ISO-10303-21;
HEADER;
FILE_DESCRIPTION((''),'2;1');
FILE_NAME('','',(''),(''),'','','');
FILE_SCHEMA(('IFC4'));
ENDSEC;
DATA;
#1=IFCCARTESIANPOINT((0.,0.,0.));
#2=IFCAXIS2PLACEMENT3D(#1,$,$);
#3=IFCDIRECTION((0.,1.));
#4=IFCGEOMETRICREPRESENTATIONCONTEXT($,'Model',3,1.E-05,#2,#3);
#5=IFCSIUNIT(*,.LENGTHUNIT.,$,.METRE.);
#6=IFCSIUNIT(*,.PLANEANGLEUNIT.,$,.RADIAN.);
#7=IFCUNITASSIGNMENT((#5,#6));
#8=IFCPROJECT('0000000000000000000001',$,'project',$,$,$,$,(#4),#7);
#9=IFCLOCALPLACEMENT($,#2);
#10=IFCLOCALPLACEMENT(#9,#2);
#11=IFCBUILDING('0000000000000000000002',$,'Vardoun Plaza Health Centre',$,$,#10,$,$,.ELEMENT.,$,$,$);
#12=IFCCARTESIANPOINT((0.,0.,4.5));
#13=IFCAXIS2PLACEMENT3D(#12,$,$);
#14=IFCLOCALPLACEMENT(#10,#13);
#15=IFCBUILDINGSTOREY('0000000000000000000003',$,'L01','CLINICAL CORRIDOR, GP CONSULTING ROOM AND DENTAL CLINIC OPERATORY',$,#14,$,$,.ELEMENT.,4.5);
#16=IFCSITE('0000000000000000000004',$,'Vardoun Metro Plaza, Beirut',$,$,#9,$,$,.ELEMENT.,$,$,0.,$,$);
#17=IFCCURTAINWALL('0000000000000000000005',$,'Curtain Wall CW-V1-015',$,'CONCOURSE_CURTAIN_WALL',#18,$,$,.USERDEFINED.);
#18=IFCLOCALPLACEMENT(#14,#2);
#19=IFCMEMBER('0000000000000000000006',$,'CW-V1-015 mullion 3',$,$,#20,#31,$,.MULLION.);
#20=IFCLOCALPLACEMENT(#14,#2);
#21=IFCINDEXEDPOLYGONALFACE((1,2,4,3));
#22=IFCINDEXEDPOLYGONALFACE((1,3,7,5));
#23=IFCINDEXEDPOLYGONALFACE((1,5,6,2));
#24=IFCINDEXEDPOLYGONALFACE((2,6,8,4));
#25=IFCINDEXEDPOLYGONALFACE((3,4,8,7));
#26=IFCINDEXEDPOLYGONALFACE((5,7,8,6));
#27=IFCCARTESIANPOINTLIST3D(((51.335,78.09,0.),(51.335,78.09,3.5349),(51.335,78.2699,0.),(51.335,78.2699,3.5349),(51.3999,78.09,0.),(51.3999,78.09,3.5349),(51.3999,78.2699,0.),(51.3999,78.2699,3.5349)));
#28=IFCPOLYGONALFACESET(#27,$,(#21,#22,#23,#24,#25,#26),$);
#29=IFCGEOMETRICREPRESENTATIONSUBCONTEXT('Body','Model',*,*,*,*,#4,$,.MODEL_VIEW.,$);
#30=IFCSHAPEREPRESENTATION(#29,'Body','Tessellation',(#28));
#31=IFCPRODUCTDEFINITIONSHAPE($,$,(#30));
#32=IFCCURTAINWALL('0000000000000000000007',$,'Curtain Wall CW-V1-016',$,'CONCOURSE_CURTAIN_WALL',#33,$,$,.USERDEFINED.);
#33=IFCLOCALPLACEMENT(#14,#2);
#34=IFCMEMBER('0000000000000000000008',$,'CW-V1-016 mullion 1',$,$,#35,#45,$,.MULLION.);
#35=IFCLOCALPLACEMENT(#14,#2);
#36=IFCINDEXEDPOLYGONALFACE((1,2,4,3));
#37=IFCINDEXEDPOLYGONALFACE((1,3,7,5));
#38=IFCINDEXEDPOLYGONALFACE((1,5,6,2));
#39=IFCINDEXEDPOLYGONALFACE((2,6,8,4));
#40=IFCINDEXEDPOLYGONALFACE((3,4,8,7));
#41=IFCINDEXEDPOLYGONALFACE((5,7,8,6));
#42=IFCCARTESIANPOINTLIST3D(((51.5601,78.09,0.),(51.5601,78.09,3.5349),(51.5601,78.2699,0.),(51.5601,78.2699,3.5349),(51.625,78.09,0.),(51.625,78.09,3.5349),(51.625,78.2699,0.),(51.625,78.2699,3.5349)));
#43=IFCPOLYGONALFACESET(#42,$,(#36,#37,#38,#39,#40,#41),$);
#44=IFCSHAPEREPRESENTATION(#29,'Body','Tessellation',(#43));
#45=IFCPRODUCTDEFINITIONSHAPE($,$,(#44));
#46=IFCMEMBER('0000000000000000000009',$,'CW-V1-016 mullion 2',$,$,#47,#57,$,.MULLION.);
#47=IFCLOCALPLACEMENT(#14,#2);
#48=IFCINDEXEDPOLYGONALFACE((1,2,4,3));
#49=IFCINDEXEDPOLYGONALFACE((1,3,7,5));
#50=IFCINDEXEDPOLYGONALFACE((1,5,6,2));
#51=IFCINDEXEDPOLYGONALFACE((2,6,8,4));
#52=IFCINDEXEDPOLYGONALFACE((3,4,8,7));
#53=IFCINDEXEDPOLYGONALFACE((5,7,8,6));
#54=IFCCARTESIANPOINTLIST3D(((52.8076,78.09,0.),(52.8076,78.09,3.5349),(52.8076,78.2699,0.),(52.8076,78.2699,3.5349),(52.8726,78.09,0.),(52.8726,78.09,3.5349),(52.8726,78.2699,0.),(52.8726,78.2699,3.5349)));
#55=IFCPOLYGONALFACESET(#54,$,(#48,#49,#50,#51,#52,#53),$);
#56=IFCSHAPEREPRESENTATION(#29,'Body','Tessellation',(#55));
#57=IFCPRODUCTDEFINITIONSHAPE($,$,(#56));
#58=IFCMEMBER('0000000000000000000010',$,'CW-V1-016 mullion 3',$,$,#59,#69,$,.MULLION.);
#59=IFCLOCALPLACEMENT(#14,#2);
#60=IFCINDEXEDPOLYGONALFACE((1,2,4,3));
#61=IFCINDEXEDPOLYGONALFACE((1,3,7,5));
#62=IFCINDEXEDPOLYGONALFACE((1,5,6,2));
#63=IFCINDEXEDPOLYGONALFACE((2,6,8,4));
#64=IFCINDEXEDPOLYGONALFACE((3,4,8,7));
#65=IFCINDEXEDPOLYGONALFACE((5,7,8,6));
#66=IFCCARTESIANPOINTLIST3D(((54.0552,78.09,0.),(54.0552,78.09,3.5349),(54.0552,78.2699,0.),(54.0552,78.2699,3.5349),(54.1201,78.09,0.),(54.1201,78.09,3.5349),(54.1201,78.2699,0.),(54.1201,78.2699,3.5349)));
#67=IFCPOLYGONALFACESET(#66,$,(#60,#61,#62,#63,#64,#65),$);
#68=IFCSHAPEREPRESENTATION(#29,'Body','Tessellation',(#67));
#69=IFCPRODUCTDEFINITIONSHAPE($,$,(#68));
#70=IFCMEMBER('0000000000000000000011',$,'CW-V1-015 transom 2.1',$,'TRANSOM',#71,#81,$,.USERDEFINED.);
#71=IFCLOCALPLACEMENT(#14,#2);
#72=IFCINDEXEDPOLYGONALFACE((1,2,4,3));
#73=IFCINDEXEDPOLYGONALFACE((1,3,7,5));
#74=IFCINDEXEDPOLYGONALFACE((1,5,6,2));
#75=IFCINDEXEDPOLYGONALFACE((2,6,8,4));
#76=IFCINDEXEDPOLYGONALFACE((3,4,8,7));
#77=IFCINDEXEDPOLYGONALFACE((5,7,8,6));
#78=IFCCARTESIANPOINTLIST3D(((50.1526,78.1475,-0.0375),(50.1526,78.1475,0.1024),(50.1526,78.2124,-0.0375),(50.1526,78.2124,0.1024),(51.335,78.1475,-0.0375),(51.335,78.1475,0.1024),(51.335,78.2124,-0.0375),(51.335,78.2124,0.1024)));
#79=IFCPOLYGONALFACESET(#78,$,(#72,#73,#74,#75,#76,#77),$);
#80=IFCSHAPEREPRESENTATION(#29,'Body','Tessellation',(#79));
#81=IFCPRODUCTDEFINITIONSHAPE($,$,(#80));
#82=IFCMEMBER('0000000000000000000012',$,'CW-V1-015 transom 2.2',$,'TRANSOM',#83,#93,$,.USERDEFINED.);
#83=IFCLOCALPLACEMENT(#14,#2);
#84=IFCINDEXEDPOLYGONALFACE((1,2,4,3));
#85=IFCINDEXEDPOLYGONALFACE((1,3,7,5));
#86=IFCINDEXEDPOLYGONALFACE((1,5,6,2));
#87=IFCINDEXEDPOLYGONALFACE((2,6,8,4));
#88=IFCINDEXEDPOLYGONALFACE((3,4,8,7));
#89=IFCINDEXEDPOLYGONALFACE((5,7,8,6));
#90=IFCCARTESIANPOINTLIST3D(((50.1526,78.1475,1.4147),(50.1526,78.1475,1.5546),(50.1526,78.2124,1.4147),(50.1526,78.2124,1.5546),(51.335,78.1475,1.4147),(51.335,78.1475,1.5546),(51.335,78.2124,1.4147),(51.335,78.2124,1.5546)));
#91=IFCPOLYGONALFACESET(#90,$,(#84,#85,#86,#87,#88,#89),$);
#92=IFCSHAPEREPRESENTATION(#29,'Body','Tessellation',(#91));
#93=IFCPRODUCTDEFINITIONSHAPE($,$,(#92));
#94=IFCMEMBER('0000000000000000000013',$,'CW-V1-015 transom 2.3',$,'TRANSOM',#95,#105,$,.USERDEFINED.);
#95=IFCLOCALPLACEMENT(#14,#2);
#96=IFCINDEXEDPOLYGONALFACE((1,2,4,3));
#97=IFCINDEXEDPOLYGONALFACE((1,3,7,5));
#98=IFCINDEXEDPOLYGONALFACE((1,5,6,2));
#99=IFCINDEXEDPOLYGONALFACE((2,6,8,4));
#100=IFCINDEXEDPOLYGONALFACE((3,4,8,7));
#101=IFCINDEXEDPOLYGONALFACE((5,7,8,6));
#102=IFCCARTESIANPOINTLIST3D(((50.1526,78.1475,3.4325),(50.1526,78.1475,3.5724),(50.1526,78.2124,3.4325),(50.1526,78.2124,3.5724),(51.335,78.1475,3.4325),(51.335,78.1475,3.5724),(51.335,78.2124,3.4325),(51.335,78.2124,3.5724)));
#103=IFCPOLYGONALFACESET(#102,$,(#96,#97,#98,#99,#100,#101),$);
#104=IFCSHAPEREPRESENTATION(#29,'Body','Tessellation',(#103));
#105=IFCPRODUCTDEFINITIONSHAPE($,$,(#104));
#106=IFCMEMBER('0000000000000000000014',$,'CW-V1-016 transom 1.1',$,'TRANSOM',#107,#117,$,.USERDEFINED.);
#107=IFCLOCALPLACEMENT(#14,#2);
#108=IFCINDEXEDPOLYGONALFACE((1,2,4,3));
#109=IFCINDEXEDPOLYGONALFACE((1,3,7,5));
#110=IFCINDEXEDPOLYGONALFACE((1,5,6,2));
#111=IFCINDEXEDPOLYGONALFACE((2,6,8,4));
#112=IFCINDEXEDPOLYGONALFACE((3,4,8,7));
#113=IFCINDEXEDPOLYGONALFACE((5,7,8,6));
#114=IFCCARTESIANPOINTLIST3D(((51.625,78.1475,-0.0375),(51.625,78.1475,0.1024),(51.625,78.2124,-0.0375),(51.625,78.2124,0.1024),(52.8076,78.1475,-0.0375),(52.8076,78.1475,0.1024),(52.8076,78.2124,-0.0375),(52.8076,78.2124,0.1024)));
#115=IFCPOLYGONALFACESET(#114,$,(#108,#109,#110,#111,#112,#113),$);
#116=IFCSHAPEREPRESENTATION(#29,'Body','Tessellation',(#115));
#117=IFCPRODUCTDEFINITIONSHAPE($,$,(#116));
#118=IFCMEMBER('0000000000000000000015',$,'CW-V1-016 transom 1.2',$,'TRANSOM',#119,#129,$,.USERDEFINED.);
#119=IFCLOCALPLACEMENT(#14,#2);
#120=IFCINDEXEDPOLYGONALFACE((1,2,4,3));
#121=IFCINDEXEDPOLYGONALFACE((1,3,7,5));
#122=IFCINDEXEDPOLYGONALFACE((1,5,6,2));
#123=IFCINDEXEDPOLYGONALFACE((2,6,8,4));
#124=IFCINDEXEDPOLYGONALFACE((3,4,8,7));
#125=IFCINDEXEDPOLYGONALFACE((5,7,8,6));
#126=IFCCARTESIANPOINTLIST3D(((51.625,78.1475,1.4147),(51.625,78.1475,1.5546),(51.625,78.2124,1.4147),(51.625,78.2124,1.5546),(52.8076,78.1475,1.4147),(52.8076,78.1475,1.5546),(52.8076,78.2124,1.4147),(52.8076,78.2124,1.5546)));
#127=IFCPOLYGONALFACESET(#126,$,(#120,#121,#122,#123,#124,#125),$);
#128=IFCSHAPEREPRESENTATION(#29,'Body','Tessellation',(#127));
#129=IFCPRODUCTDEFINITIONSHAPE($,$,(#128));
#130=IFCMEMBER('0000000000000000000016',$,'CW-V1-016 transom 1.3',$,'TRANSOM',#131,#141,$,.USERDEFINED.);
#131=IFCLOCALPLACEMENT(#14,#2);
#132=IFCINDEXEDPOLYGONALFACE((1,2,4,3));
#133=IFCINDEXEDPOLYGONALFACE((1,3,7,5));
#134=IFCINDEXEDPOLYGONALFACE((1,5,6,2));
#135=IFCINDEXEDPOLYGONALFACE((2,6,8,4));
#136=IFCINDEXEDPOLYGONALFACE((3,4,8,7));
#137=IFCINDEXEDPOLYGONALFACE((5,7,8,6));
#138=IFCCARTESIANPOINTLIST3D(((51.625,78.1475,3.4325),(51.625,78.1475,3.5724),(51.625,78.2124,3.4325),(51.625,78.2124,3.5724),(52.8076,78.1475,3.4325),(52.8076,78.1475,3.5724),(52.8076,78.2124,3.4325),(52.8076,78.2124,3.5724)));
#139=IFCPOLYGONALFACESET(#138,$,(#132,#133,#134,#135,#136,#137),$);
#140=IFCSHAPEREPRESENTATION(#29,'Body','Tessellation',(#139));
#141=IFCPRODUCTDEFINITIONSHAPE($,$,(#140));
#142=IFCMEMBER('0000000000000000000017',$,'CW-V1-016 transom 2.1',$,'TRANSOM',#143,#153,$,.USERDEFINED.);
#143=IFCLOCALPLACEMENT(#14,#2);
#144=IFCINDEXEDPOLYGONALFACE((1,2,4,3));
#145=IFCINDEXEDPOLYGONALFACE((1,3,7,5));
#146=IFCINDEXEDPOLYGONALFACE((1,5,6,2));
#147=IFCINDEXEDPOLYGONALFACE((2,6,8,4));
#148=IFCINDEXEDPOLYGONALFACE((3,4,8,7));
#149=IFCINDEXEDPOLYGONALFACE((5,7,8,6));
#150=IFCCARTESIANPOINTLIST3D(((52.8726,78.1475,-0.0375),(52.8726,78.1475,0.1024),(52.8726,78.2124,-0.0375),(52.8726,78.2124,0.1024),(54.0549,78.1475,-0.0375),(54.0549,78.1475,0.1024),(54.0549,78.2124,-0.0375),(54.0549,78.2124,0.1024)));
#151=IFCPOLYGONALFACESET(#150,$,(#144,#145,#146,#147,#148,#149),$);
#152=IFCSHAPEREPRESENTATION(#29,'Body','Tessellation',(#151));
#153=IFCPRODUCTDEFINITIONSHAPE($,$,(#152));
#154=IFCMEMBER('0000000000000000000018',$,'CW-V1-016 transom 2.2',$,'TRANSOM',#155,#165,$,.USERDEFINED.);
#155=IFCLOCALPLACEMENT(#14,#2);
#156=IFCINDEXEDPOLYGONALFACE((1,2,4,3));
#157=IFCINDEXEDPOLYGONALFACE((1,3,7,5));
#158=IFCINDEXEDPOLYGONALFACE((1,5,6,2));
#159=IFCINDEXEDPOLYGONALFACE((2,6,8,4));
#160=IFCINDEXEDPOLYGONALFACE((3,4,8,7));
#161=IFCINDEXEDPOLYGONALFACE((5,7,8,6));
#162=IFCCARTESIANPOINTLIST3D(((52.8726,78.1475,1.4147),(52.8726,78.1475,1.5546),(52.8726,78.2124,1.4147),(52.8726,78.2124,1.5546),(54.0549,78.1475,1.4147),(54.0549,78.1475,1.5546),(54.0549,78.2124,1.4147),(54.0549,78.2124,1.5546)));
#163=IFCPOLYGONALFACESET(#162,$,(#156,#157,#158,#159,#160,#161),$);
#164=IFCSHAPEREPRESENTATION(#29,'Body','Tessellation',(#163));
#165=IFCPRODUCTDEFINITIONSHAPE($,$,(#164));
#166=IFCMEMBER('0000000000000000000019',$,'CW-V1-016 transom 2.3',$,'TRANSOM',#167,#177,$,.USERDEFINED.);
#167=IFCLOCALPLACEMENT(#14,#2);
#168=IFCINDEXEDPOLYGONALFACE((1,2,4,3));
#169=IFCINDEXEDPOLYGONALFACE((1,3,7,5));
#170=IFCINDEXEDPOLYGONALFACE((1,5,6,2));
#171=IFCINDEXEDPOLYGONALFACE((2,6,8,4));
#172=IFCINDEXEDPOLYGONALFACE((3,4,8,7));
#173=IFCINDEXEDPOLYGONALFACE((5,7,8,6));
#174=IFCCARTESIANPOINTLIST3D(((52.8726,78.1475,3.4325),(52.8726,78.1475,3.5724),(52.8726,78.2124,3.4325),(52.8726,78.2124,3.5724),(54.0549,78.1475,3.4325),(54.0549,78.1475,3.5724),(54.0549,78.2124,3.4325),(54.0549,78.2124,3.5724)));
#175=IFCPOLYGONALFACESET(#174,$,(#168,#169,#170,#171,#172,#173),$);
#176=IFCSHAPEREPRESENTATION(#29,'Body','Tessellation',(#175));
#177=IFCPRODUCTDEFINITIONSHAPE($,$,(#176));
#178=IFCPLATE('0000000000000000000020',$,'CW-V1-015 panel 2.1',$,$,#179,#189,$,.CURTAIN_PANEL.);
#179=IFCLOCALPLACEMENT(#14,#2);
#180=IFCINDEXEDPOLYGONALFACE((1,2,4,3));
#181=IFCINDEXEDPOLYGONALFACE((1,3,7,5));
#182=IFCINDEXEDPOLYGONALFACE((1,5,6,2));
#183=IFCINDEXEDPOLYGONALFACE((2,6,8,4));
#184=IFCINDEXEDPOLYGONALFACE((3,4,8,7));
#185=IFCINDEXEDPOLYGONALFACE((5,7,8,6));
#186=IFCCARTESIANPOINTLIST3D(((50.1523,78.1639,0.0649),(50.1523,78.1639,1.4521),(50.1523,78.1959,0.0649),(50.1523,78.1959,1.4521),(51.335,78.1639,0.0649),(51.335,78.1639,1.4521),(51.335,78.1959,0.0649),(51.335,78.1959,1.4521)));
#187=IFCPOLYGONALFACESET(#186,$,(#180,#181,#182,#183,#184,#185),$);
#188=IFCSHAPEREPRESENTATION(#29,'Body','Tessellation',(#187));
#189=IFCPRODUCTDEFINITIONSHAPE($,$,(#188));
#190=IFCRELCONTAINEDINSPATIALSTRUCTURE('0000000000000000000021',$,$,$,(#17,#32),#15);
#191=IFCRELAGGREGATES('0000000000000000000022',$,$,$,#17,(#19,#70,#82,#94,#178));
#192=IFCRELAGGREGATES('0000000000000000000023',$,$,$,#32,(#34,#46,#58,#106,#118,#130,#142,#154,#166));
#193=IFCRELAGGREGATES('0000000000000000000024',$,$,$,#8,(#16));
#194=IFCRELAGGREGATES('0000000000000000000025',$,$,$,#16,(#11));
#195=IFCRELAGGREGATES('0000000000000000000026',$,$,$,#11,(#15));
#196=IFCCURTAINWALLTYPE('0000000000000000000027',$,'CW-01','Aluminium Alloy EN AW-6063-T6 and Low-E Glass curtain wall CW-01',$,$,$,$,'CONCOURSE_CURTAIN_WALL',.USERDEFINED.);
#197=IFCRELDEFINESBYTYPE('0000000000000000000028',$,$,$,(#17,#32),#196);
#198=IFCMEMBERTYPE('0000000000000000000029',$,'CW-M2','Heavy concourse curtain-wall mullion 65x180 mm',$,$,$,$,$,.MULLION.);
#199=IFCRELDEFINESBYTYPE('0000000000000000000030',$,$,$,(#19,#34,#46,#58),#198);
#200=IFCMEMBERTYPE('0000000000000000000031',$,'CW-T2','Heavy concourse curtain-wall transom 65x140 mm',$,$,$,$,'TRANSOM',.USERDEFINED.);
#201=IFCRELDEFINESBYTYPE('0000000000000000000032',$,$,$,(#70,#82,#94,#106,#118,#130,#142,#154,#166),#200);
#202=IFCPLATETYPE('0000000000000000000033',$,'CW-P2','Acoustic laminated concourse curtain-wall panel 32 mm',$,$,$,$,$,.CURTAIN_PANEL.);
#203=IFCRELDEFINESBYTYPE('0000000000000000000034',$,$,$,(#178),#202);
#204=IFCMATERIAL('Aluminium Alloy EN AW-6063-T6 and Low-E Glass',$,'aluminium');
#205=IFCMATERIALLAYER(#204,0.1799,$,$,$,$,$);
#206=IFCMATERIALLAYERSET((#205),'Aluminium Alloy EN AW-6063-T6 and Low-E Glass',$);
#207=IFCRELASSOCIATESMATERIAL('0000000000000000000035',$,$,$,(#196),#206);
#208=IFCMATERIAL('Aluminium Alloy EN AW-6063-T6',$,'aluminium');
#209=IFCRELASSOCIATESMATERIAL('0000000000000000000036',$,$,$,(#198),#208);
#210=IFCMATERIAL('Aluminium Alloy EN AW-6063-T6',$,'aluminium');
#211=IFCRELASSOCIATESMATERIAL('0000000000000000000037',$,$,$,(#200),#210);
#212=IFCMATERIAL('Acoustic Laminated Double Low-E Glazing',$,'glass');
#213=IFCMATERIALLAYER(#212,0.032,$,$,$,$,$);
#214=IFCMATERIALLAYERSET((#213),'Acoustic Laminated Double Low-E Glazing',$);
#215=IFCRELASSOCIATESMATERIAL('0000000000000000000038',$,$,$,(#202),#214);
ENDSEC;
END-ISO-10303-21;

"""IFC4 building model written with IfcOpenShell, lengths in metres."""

from ifc_helpers import new_model, si_unit, direction, frame, origin, origin_2d, place, context, subcontext, project, spatial, rectangle, extrude, material, layer, layer_set, material_profile, profile_set, type_object, element, aggregate, save


model = new_model("IFC4")

# Units and contexts
model_context = context("Model", 3, precision=1e-05, world=origin(), true_north=direction((0.0, 1.0)))
body_context = subcontext(model_context, "Body", "Model", "MODEL_VIEW")
ifc_project = project(units=[si_unit("LENGTHUNIT", "METRE"), si_unit("PLANEANGLEUNIT", "RADIAN")], contexts=[model_context])

# Site, building, storey
site_placement = place(None, origin())
site = spatial("IfcSite", under=ifc_project, at=site_placement, Name="Vardoun Metro Plaza, Beirut", CompositionType="ELEMENT", RefElevation=0.0)
building_placement = place(site_placement, origin())
building = spatial("IfcBuilding", under=site, at=building_placement, Name="Vardoun Plaza Health Centre", CompositionType="ELEMENT")
storey_placement = place(building_placement, frame((0.0, 0.0, 4.5)))
storey = spatial("IfcBuildingStorey", under=building, at=storey_placement, Name="L01", Description="CLINICAL CORRIDOR, GP CONSULTING ROOM AND DENTAL CLINIC OPERATORY", CompositionType="ELEMENT", Elevation=4.5)

# Curtain wall, member
ifc_material_1 = material(Name="Aluminium Alloy EN AW-6063-T6 and Low-E Glass", Category="aluminium")
ifc_layer_1 = layer(ifc_material_1, 0.1799)
ifc_layer_set_1 = layer_set([ifc_layer_1], Name="Aluminium Alloy EN AW-6063-T6 and Low-E Glass")
curtain_wall_type = type_object("IfcCurtainWallType", Name="CW-01", Description="Aluminium Alloy EN AW-6063-T6 and Low-E Glass curtain wall CW-01", ElementType="CONCOURSE_CURTAIN_WALL", PredefinedType="USERDEFINED", material=ifc_layer_set_1)
curtain_wall_1_placement = place(storey_placement, origin())
curtain_wall_1 = element("IfcCurtainWall", 1, at=curtain_wall_1_placement, inside=storey, type_object=curtain_wall_type, Name="Curtain Wall CW-V1-015", ObjectType="CONCOURSE_CURTAIN_WALL", PredefinedType="USERDEFINED")
ifc_material_2 = material(Name="Aluminium Alloy EN AW-6063-T6", Category="aluminium")
ifc_material_profile_1 = material_profile(ifc_material_2, rectangle(XDim=0.1799, YDim=0.0649, at=origin_2d()), Name="CWM 65x180")
ifc_profile_set_1 = profile_set([ifc_material_profile_1], Name="Aluminium Alloy EN AW-6063-T6")
member_type_1 = type_object("IfcMemberType", Name="CW-M2", Description="Heavy concourse curtain-wall mullion 65x180 mm", PredefinedType="MULLION", material=ifc_profile_set_1)
member_1_placement = place(storey_placement, frame((51.3674, 78.1799, 0.0), z_axis=(0.0, 0.0, 1.0), x_axis=(0.0, 1.0, 0.0)))
member_1 = element("IfcMember", 2, at=member_1_placement, type_object=member_type_1, Name="CW-V1-015 mullion 3", PredefinedType="MULLION", context=body_context, shape_type="SweptSolid", body=[
    extrude(rectangle(XDim=0.1799, YDim=0.0649, at=origin_2d()), origin(), (0.0, 0.0, 1.0), 3.5349),
])

# Curtain wall, members
curtain_wall_2_placement = place(storey_placement, origin())
curtain_wall_2 = element("IfcCurtainWall", 3, at=curtain_wall_2_placement, inside=storey, type_object=curtain_wall_type, Name="Curtain Wall CW-V1-016", ObjectType="CONCOURSE_CURTAIN_WALL", PredefinedType="USERDEFINED")
member_2_placement = place(storey_placement, frame((51.5925, 78.1799, 0.0), z_axis=(0.0, 0.0, 1.0), x_axis=(0.0, 1.0, 0.0)))
member_2 = element("IfcMember", 4, at=member_2_placement, type_object=member_type_1, Name="CW-V1-016 mullion 1", PredefinedType="MULLION", context=body_context, shape_type="SweptSolid", body=[
    extrude(rectangle(XDim=0.1799, YDim=0.0649, at=origin_2d()), origin(), (0.0, 0.0, 1.0), 3.5349),
])
member_3_placement = place(storey_placement, frame((52.8401, 78.1799, 0.0), z_axis=(0.0, 0.0, 1.0), x_axis=(0.0, 1.0, 0.0)))
member_3 = element("IfcMember", 5, at=member_3_placement, type_object=member_type_1, Name="CW-V1-016 mullion 2", PredefinedType="MULLION", context=body_context, shape_type="SweptSolid", body=[
    extrude(rectangle(XDim=0.1799, YDim=0.0649, at=origin_2d()), origin(), (0.0, 0.0, 1.0), 3.5349),
])
member_4_placement = place(storey_placement, frame((54.0876, 78.1799, 0.0), z_axis=(0.0, 0.0, 1.0), x_axis=(0.0, 1.0, 0.0)))
member_4 = element("IfcMember", 6, at=member_4_placement, type_object=member_type_1, Name="CW-V1-016 mullion 3", PredefinedType="MULLION", context=body_context, shape_type="SweptSolid", body=[
    extrude(rectangle(XDim=0.1799, YDim=0.0649, at=origin_2d()), origin(), (0.0, 0.0, 1.0), 3.5349),
])

# Members
ifc_material_3 = material(Name="Aluminium Alloy EN AW-6063-T6", Category="aluminium")
ifc_material_profile_2 = material_profile(ifc_material_3, rectangle(XDim=0.0649, YDim=0.1399, at=origin_2d()), Name="CWT 65x140")
ifc_profile_set_2 = profile_set([ifc_material_profile_2], Name="Aluminium Alloy EN AW-6063-T6")
member_type_2 = type_object("IfcMemberType", Name="CW-T2", Description="Heavy concourse curtain-wall transom 65x140 mm", ElementType="TRANSOM", PredefinedType="USERDEFINED", material=ifc_profile_set_2)
member_5_placement = place(storey_placement, frame((50.1526, 78.1799, 0.0325), z_axis=(1.0, 0.0, 0.0), x_axis=(0.0, 1.0, 0.0)))
member_5 = element("IfcMember", 7, at=member_5_placement, type_object=member_type_2, Name="CW-V1-015 transom 2.1", ObjectType="TRANSOM", PredefinedType="USERDEFINED", context=body_context, shape_type="SweptSolid", body=[
    extrude(rectangle(XDim=0.0649, YDim=0.1399, at=origin_2d()), origin(), (0.0, 0.0, 1.0), 1.1824),
])
member_6_placement = place(storey_placement, frame((50.1526, 78.1799, 1.4846), z_axis=(1.0, 0.0, 0.0), x_axis=(0.0, 1.0, 0.0)))
member_6 = element("IfcMember", 8, at=member_6_placement, type_object=member_type_2, Name="CW-V1-015 transom 2.2", ObjectType="TRANSOM", PredefinedType="USERDEFINED", context=body_context, shape_type="SweptSolid", body=[
    extrude(rectangle(XDim=0.0649, YDim=0.1399, at=origin_2d()), origin(), (0.0, 0.0, 1.0), 1.1824),
])
member_7_placement = place(storey_placement, frame((50.1526, 78.1799, 3.5024), z_axis=(1.0, 0.0, 0.0), x_axis=(0.0, 1.0, 0.0)))
member_7 = element("IfcMember", 9, at=member_7_placement, type_object=member_type_2, Name="CW-V1-015 transom 2.3", ObjectType="TRANSOM", PredefinedType="USERDEFINED", context=body_context, shape_type="SweptSolid", body=[
    extrude(rectangle(XDim=0.0649, YDim=0.1399, at=origin_2d()), origin(), (0.0, 0.0, 1.0), 1.1824),
])
member_8_placement = place(storey_placement, frame((51.625, 78.1799, 0.0325), z_axis=(1.0, 0.0, 0.0), x_axis=(0.0, 1.0, 0.0)))
member_8 = element("IfcMember", 10, at=member_8_placement, type_object=member_type_2, Name="CW-V1-016 transom 1.1", ObjectType="TRANSOM", PredefinedType="USERDEFINED", context=body_context, shape_type="SweptSolid", body=[
    extrude(rectangle(XDim=0.0649, YDim=0.1399, at=origin_2d()), origin(), (0.0, 0.0, 1.0), 1.1826),
])
member_9_placement = place(storey_placement, frame((51.625, 78.1799, 1.4846), z_axis=(1.0, 0.0, 0.0), x_axis=(0.0, 1.0, 0.0)))
member_9 = element("IfcMember", 11, at=member_9_placement, type_object=member_type_2, Name="CW-V1-016 transom 1.2", ObjectType="TRANSOM", PredefinedType="USERDEFINED", context=body_context, shape_type="SweptSolid", body=[
    extrude(rectangle(XDim=0.0649, YDim=0.1399, at=origin_2d()), origin(), (0.0, 0.0, 1.0), 1.1826),
])
member_10_placement = place(storey_placement, frame((51.625, 78.1799, 3.5024), z_axis=(1.0, 0.0, 0.0), x_axis=(0.0, 1.0, 0.0)))
member_10 = element("IfcMember", 12, at=member_10_placement, type_object=member_type_2, Name="CW-V1-016 transom 1.3", ObjectType="TRANSOM", PredefinedType="USERDEFINED", context=body_context, shape_type="SweptSolid", body=[
    extrude(rectangle(XDim=0.0649, YDim=0.1399, at=origin_2d()), origin(), (0.0, 0.0, 1.0), 1.1826),
])
member_11_placement = place(storey_placement, frame((52.8726, 78.1799, 0.0325), z_axis=(1.0, 0.0, 0.0), x_axis=(0.0, 1.0, 0.0)))
member_11 = element("IfcMember", 13, at=member_11_placement, type_object=member_type_2, Name="CW-V1-016 transom 2.1", ObjectType="TRANSOM", PredefinedType="USERDEFINED", context=body_context, shape_type="SweptSolid", body=[
    extrude(rectangle(XDim=0.0649, YDim=0.1399, at=origin_2d()), origin(), (0.0, 0.0, 1.0), 1.1824),
])
member_12_placement = place(storey_placement, frame((52.8726, 78.1799, 1.4846), z_axis=(1.0, 0.0, 0.0), x_axis=(0.0, 1.0, 0.0)))
member_12 = element("IfcMember", 14, at=member_12_placement, type_object=member_type_2, Name="CW-V1-016 transom 2.2", ObjectType="TRANSOM", PredefinedType="USERDEFINED", context=body_context, shape_type="SweptSolid", body=[
    extrude(rectangle(XDim=0.0649, YDim=0.1399, at=origin_2d()), origin(), (0.0, 0.0, 1.0), 1.1824),
])
member_13_placement = place(storey_placement, frame((52.8726, 78.1799, 3.5024), z_axis=(1.0, 0.0, 0.0), x_axis=(0.0, 1.0, 0.0)))
member_13 = element("IfcMember", 15, at=member_13_placement, type_object=member_type_2, Name="CW-V1-016 transom 2.3", ObjectType="TRANSOM", PredefinedType="USERDEFINED", context=body_context, shape_type="SweptSolid", body=[
    extrude(rectangle(XDim=0.0649, YDim=0.1399, at=origin_2d()), origin(), (0.0, 0.0, 1.0), 1.1824),
])

# Plate
ifc_material_4 = material(Name="Acoustic Laminated Double Low-E Glazing", Category="glass")
ifc_layer_2 = layer(ifc_material_4, 0.032)
ifc_layer_set_2 = layer_set([ifc_layer_2], Name="Acoustic Laminated Double Low-E Glazing")
plate_type = type_object("IfcPlateType", Name="CW-P2", Description="Acoustic laminated concourse curtain-wall panel 32 mm", PredefinedType="CURTAIN_PANEL", material=ifc_layer_set_2)
plate_1_placement = place(storey_placement, frame((50.7437, 78.1799, 0.0649), z_axis=(0.0, 0.0, 1.0), x_axis=(1.0, 0.0, 0.0)))
plate_1 = element("IfcPlate", 16, at=plate_1_placement, type_object=plate_type, Name="CW-V1-015 panel 2.1", PredefinedType="CURTAIN_PANEL", context=body_context, shape_type="SweptSolid", body=[
    extrude(rectangle(XDim=1.1826, YDim=0.032, at=origin_2d()), origin(), (0.0, 0.0, 1.0), 1.3872),
])
aggregate(curtain_wall_1, [member_1, member_5, member_6, member_7, plate_1])
aggregate(curtain_wall_2, [member_2, member_3, member_4, member_8, member_9, member_10, member_11, member_12, member_13])

save(model, "model.ifc")
